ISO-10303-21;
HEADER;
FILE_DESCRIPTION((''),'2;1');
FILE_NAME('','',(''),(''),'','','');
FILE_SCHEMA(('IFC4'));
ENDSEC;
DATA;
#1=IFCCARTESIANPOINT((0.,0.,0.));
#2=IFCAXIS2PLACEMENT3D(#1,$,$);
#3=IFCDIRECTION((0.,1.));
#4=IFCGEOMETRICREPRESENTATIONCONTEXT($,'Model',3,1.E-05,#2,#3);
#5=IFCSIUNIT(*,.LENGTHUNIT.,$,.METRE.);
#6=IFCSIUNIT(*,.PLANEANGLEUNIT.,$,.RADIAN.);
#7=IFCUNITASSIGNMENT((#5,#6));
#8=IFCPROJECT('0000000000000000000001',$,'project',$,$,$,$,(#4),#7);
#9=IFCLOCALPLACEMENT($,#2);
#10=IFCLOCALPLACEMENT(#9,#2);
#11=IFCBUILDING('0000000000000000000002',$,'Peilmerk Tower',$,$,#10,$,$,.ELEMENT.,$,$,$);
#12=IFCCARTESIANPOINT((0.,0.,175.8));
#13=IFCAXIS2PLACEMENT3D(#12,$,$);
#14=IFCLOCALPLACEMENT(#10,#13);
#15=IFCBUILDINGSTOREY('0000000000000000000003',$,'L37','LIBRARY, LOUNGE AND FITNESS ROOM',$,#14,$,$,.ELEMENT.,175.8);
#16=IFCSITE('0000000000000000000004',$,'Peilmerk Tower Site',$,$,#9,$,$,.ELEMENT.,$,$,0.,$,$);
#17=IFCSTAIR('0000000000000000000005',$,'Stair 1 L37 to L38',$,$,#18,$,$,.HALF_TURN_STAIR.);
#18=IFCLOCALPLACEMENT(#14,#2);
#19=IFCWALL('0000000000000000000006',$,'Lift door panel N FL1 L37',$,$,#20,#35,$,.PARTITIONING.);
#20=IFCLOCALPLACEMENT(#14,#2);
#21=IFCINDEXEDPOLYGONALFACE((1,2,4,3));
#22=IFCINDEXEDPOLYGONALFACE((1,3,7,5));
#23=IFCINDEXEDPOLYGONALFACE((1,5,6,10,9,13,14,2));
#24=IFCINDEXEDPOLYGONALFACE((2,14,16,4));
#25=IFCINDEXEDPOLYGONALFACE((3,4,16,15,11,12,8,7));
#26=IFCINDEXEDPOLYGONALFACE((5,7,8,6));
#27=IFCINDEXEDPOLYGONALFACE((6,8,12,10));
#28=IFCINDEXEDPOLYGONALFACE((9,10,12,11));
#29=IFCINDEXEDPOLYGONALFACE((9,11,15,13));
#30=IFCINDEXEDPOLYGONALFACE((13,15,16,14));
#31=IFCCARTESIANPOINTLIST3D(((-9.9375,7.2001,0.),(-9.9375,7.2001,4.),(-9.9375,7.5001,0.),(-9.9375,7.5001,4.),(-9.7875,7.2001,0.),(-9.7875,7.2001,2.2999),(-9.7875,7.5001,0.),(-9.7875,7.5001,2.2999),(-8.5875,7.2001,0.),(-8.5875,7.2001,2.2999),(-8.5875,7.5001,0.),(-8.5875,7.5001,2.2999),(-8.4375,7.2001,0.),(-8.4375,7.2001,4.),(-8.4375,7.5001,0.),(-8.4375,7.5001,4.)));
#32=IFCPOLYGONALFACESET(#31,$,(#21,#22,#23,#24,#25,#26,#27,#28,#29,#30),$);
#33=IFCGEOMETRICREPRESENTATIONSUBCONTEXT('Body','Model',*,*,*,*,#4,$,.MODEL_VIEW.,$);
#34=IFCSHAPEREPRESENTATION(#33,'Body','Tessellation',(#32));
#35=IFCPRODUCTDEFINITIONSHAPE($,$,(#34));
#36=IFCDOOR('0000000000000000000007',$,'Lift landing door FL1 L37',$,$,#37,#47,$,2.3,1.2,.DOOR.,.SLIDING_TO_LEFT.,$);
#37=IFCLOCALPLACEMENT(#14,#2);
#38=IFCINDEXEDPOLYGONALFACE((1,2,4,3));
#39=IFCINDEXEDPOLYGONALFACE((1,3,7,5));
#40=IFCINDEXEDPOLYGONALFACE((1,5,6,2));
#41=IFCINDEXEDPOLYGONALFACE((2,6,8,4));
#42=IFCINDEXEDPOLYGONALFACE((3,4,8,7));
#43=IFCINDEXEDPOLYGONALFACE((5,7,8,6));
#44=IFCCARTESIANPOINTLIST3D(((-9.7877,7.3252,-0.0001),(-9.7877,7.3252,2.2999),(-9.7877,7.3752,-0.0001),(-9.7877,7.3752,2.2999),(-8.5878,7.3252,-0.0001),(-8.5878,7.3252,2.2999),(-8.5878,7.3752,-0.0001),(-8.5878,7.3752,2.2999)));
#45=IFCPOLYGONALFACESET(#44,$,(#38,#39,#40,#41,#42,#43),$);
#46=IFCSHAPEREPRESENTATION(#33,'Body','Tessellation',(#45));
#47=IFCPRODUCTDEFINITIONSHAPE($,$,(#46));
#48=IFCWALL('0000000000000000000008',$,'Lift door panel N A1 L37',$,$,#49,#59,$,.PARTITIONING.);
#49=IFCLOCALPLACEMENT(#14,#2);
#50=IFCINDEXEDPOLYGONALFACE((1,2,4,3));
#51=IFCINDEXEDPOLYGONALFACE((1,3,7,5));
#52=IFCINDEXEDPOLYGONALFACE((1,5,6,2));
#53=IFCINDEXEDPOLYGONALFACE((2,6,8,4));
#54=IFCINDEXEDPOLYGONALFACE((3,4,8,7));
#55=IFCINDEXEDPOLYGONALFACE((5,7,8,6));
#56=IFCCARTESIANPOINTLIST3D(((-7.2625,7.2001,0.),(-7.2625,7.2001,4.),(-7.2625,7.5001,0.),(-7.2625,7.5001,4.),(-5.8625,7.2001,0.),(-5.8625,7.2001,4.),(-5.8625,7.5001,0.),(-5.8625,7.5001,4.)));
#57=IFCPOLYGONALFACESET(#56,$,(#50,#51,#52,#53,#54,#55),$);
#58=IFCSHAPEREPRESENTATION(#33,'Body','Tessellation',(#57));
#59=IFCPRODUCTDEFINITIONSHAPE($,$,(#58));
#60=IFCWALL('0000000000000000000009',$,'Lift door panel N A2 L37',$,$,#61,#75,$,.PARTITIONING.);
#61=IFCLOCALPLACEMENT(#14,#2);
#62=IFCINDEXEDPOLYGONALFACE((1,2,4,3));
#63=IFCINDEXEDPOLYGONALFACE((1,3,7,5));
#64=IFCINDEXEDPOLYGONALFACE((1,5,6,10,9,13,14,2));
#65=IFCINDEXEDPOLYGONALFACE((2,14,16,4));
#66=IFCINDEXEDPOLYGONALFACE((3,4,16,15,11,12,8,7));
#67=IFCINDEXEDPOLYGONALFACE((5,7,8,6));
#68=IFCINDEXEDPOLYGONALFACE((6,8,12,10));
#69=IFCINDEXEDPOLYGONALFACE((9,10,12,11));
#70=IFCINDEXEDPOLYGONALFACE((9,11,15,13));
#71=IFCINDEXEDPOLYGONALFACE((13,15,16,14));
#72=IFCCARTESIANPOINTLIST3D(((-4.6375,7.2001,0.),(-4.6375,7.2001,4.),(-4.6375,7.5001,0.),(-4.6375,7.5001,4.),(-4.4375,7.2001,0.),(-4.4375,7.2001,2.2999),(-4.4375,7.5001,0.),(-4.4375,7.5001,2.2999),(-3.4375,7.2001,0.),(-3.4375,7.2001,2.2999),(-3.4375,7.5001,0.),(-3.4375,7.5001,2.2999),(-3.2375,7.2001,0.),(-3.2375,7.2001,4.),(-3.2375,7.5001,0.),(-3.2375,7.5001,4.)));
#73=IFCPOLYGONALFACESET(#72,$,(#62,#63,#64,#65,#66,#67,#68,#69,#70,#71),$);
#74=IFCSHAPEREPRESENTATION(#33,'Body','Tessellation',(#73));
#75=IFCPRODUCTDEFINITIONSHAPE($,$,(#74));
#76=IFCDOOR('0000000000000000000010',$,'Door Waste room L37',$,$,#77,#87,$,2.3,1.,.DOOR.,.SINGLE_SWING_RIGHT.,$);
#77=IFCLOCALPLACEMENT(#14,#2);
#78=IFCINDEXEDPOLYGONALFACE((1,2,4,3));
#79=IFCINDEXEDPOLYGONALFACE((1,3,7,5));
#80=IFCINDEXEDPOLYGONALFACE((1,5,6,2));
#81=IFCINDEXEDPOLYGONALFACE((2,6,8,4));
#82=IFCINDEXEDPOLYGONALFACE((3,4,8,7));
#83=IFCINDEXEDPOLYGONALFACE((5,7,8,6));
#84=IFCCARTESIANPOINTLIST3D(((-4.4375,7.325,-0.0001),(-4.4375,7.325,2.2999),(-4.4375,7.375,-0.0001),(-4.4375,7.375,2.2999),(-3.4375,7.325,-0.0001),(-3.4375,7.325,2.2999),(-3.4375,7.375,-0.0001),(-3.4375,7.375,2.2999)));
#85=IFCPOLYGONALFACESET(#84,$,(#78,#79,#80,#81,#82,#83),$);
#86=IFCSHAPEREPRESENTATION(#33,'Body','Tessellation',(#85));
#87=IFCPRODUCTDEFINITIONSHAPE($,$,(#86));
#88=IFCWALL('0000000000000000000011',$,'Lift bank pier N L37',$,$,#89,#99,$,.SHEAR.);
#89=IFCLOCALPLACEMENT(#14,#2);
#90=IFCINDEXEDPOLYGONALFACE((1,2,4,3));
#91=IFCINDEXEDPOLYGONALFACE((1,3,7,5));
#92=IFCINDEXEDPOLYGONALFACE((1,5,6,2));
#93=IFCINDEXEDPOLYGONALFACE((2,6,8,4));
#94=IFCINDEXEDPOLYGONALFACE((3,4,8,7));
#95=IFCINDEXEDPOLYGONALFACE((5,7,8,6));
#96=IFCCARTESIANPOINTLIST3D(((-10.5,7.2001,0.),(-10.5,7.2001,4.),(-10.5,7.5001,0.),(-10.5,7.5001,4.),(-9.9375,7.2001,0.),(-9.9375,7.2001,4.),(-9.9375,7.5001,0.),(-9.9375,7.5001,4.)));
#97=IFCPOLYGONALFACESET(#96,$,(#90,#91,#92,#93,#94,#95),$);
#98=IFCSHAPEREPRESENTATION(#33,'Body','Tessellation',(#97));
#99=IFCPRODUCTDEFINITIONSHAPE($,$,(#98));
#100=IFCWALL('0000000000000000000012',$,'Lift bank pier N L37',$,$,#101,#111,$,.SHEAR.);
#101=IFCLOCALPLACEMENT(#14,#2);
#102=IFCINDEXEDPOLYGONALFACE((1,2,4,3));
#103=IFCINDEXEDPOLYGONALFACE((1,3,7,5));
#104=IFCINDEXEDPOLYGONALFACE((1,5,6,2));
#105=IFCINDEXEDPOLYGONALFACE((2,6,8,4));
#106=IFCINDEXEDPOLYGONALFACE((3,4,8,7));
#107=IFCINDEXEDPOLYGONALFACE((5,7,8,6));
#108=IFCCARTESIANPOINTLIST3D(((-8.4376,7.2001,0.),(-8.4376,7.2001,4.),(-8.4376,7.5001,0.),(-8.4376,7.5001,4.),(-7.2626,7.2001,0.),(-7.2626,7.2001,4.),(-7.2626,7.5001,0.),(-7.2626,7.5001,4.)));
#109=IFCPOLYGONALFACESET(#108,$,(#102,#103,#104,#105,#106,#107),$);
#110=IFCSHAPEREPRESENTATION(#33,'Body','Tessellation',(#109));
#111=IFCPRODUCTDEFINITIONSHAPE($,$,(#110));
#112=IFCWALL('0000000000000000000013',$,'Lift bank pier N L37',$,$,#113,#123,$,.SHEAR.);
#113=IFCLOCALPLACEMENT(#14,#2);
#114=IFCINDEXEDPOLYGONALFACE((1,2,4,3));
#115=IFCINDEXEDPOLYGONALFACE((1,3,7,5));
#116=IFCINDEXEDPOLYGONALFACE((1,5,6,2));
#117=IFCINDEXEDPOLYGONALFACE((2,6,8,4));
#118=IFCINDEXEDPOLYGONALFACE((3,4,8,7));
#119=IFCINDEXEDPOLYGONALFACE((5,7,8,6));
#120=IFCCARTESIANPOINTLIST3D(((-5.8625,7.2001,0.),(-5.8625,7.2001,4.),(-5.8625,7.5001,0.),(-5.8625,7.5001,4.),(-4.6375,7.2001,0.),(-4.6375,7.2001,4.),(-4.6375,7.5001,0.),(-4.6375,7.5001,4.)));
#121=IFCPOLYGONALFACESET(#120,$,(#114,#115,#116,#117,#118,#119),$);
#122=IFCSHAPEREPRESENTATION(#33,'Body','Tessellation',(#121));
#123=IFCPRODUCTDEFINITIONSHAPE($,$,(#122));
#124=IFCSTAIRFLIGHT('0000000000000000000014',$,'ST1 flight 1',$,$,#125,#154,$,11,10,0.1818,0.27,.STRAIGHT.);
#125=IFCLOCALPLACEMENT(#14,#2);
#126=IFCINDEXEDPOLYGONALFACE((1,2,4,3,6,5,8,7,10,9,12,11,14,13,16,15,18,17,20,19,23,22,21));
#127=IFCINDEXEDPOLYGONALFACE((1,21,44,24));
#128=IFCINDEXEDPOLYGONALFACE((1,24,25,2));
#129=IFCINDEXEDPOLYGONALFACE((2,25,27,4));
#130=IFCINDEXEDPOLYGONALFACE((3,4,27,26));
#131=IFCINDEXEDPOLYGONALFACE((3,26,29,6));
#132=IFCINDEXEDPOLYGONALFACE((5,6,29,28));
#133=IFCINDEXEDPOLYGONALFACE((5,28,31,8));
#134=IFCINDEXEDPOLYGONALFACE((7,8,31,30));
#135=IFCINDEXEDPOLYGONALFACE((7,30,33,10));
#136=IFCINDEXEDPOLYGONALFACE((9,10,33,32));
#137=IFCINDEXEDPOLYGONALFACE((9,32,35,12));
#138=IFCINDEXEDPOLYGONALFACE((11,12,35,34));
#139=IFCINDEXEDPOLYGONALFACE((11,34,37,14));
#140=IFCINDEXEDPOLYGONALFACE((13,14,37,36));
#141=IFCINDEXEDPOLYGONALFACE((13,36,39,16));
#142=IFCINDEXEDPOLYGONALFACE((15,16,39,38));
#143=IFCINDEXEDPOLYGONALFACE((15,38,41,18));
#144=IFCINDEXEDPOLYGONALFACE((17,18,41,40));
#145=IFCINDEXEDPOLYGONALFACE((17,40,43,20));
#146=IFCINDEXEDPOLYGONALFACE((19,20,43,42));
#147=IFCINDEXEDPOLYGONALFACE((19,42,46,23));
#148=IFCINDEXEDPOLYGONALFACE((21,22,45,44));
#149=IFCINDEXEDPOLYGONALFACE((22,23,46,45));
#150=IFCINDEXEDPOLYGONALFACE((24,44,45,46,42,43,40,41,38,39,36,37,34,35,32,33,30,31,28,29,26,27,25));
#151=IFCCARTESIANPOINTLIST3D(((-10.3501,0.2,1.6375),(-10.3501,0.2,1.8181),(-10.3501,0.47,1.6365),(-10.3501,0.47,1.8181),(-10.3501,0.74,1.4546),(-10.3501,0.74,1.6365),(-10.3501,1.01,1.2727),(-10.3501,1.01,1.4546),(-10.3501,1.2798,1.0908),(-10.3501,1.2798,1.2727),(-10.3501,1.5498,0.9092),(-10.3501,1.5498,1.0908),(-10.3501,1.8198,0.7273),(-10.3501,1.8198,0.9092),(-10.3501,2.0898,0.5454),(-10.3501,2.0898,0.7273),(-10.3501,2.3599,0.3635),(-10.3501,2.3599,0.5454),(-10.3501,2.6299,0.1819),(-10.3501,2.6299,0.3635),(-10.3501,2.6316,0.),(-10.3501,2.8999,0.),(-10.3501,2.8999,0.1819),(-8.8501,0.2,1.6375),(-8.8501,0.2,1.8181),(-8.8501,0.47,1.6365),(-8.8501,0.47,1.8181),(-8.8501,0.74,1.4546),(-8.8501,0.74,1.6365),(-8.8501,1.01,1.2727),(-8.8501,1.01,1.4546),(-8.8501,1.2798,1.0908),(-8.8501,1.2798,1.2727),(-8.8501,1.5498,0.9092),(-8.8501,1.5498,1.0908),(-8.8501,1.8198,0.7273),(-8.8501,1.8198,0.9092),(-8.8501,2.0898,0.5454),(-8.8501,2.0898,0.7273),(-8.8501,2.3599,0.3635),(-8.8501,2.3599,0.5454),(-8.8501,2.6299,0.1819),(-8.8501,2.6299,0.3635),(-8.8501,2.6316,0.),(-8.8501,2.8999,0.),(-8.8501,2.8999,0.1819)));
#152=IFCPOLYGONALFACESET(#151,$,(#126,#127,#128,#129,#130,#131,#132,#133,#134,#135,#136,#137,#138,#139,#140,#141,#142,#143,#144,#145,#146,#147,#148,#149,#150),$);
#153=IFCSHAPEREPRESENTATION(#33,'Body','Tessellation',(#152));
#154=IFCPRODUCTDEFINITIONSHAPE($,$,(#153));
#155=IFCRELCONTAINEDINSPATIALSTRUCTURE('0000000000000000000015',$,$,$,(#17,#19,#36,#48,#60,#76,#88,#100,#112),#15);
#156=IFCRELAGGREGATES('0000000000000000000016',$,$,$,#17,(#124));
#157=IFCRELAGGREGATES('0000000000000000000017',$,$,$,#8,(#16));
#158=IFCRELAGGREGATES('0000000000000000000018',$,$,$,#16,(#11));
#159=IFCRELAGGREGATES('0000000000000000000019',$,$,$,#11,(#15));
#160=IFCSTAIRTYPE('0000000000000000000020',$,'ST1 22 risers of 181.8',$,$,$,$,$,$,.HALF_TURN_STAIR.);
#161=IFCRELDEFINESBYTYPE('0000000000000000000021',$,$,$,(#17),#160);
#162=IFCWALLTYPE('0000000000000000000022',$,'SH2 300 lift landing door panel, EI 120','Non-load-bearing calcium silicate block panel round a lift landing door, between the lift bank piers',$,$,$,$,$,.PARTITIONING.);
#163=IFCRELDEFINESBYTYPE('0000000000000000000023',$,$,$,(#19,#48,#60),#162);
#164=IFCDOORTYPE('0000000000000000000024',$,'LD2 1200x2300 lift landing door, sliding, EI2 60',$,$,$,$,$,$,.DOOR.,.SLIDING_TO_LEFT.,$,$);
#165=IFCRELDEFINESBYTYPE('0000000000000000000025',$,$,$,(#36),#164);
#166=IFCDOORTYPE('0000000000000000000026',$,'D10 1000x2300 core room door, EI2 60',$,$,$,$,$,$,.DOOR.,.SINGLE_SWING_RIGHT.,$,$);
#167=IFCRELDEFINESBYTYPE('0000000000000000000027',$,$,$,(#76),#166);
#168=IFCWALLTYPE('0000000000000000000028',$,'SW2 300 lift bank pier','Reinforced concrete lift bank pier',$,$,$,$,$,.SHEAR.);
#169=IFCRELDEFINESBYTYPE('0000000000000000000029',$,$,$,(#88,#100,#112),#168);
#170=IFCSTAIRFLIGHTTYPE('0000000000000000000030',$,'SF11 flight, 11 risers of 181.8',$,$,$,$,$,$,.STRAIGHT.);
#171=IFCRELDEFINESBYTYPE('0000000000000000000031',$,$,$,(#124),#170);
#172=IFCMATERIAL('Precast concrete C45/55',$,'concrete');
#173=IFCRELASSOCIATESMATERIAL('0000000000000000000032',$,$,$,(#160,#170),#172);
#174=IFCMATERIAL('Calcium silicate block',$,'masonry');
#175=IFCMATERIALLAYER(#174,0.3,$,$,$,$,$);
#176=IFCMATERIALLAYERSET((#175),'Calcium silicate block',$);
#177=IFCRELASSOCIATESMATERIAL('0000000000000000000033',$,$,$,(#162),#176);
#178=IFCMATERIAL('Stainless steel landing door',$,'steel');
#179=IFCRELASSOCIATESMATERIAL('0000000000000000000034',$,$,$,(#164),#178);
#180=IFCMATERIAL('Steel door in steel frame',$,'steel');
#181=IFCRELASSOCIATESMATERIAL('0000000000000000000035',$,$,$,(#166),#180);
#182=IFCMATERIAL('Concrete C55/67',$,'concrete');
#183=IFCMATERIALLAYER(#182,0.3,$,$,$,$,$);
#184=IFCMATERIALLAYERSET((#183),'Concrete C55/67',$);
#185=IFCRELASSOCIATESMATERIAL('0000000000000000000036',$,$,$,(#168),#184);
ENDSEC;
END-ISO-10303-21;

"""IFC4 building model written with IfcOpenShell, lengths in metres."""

from ifc_helpers import new_model, si_unit, direction, frame, frame_2d, origin, place, context, subcontext, project, spatial, polyline, rectangle, outline, extrude, material, layer, layer_set, type_object, element, fill, aggregate, save


model = new_model("IFC4")

# Units and contexts
model_context = context("Model", 3, precision=1e-05, world=origin(), true_north=direction((0.0, 1.0)))
body_context = subcontext(model_context, "Body", "Model", "MODEL_VIEW")
ifc_project = project(units=[si_unit("LENGTHUNIT", "METRE"), si_unit("PLANEANGLEUNIT", "RADIAN")], contexts=[model_context])

# Site, building, storey
site_placement = place(None, origin())
site = spatial("IfcSite", under=ifc_project, at=site_placement, Name="Peilmerk Tower Site", CompositionType="ELEMENT", RefElevation=0.0)
building_placement = place(site_placement, origin())
building = spatial("IfcBuilding", under=site, at=building_placement, Name="Peilmerk Tower", CompositionType="ELEMENT")
storey_placement = place(building_placement, frame((0.0, 0.0, 175.8)))
storey = spatial("IfcBuildingStorey", under=building, at=storey_placement, Name="L37", Description="LIBRARY, LOUNGE AND FITNESS ROOM", CompositionType="ELEMENT", Elevation=175.8)

# Shared definitions
ifc_material_1 = material(Name="Concrete C55/67", Category="concrete")

# Stair
ifc_material_2 = material(Name="Precast concrete C45/55", Category="concrete")
stair_type = type_object("IfcStairType", Name="ST1 22 risers of 181.8", PredefinedType="HALF_TURN_STAIR", material=ifc_material_2)
stair_placement = place(storey_placement, origin())
stair = element("IfcStair", 1, at=stair_placement, inside=storey, type_object=stair_type, Name="Stair 1 L37 to L38", PredefinedType="HALF_TURN_STAIR")

# Shared definitions
ifc_material_3 = material(Name="Steel door in steel frame", Category="steel")

# Wall, opening, door
ifc_material_4 = material(Name="Calcium silicate block", Category="masonry")
ifc_layer_1 = layer(ifc_material_4, 0.3)
ifc_layer_set_1 = layer_set([ifc_layer_1], Name="Calcium silicate block")
wall_type_1 = type_object("IfcWallType", Name="SH2 300 lift landing door panel, EI 120", Description="Non-load-bearing calcium silicate block panel round a lift landing door, between the lift bank piers", PredefinedType="PARTITIONING", material=ifc_layer_set_1)
wall_1_placement = place(storey_placement, frame((-9.9375, 7.3501, 0.0), z_axis=(0.0, 0.0, 1.0), x_axis=(1.0, 0.0, 0.0)))
wall_1 = element("IfcWall", 2, at=wall_1_placement, inside=storey, type_object=wall_type_1, Name="Lift door panel N FL1 L37", PredefinedType="PARTITIONING", context=body_context, shape_type="SweptSolid", body=[
    extrude(rectangle(XDim=1.5, YDim=0.3, at=frame_2d((0.75, 0.0))), origin(), (0.0, 0.0, 1.0), 4.0),
])
opening_1_placement = place(wall_1_placement, frame((0.1499, 0.0, 0.0)))
opening_1 = element("IfcOpeningElement", 3, at=opening_1_placement, cuts=wall_1, PredefinedType="OPENING", context=body_context, shape_type="SweptSolid", body=[
    extrude(rectangle(XDim=1.2, YDim=2.3, at=frame_2d((0.6001, 1.1499))), frame((0.0, 0.1599, 0.0), z_axis=(0.0, -1.0, 0.0), x_axis=(1.0, 0.0, 0.0)), (0.0, 0.0, 1.0), 0.3201),
])
ifc_material_5 = material(Name="Stainless steel landing door", Category="steel")
door_type_1 = type_object("IfcDoorType", Name="LD2 1200x2300 lift landing door, sliding, EI2 60", OperationType="SLIDING_TO_LEFT", PredefinedType="DOOR", material=ifc_material_5)
door_1_placement = place(opening_1_placement, frame((1.2, 0.0, 0.0), z_axis=(0.0, 0.0, 1.0), x_axis=(-1.0, 0.0, 0.0)))
door_1 = element("IfcDoor", 4, at=door_1_placement, inside=storey, type_object=door_type_1, Name="Lift landing door FL1 L37", OperationType="SLIDING_TO_LEFT", OverallHeight=2.3, OverallWidth=1.2, PredefinedType="DOOR", context=body_context, shape_type="SweptSolid", body=[
    extrude(rectangle(XDim=1.2, YDim=2.3, at=frame_2d((0.6001, 1.1499))), frame((0.0, 0.0249, 0.0), z_axis=(0.0, -1.0, 0.0), x_axis=(1.0, 0.0, 0.0)), (0.0, 0.0, 1.0), 0.05),
])
fill(opening_1, door_1)

# Wall
wall_2_placement = place(storey_placement, frame((-7.2625, 7.3501, 0.0), z_axis=(0.0, 0.0, 1.0), x_axis=(1.0, 0.0, 0.0)))
element("IfcWall", 5, at=wall_2_placement, inside=storey, type_object=wall_type_1, Name="Lift door panel N A1 L37", PredefinedType="PARTITIONING", context=body_context, shape_type="SweptSolid", body=[
    extrude(rectangle(XDim=1.3999, YDim=0.3, at=frame_2d((0.7, 0.0))), origin(), (0.0, 0.0, 1.0), 4.0),
])

# Wall, opening, door
wall_3_placement = place(storey_placement, frame((-4.6375, 7.3501, 0.0), z_axis=(0.0, 0.0, 1.0), x_axis=(1.0, 0.0, 0.0)))
wall_3 = element("IfcWall", 6, at=wall_3_placement, inside=storey, type_object=wall_type_1, Name="Lift door panel N A2 L37", PredefinedType="PARTITIONING", context=body_context, shape_type="SweptSolid", body=[
    extrude(rectangle(XDim=1.3999, YDim=0.3, at=frame_2d((0.7, 0.0))), origin(), (0.0, 0.0, 1.0), 4.0),
])
opening_2_placement = place(wall_3_placement, frame((0.2, 0.0, 0.0)))
opening_2 = element("IfcOpeningElement", 7, at=opening_2_placement, cuts=wall_3, PredefinedType="OPENING", context=body_context, shape_type="SweptSolid", body=[
    extrude(rectangle(XDim=1.0, YDim=2.3, at=frame_2d((0.5, 1.1499))), frame((0.0, 0.1599, 0.0), z_axis=(0.0, -1.0, 0.0), x_axis=(1.0, 0.0, 0.0)), (0.0, 0.0, 1.0), 0.3201),
])
door_type_2 = type_object("IfcDoorType", Name="D10 1000x2300 core room door, EI2 60", OperationType="SINGLE_SWING_RIGHT", PredefinedType="DOOR", material=ifc_material_3)
door_2_placement = place(opening_2_placement, origin())
door_2 = element("IfcDoor", 8, at=door_2_placement, inside=storey, type_object=door_type_2, Name="Door Waste room L37", OperationType="SINGLE_SWING_RIGHT", OverallHeight=2.3, OverallWidth=1.0, PredefinedType="DOOR", context=body_context, shape_type="SweptSolid", body=[
    extrude(rectangle(XDim=1.0, YDim=2.3, at=frame_2d((0.5, 1.1499))), frame((0.0, 0.0249, 0.0), z_axis=(0.0, -1.0, 0.0), x_axis=(1.0, 0.0, 0.0)), (0.0, 0.0, 1.0), 0.05),
])
fill(opening_2, door_2)

# Walls
ifc_layer_2 = layer(ifc_material_1, 0.3)
ifc_layer_set_2 = layer_set([ifc_layer_2], Name="Concrete C55/67")
wall_type_2 = type_object("IfcWallType", Name="SW2 300 lift bank pier", Description="Reinforced concrete lift bank pier", PredefinedType="SHEAR", material=ifc_layer_set_2)
wall_4_placement = place(storey_placement, frame((-10.5, 7.3501, 0.0), z_axis=(0.0, 0.0, 1.0), x_axis=(1.0, 0.0, 0.0)))
element("IfcWall", 9, at=wall_4_placement, inside=storey, type_object=wall_type_2, Name="Lift bank pier N L37", PredefinedType="SHEAR", context=body_context, shape_type="SweptSolid", body=[
    extrude(rectangle(XDim=0.5625, YDim=0.3, at=frame_2d((0.2812, 0.0))), origin(), (0.0, 0.0, 1.0), 4.0),
])
wall_5_placement = place(storey_placement, frame((-8.4375, 7.3501, 0.0), z_axis=(0.0, 0.0, 1.0), x_axis=(1.0, 0.0, 0.0)))
element("IfcWall", 10, at=wall_5_placement, inside=storey, type_object=wall_type_2, Name="Lift bank pier N L37", PredefinedType="SHEAR", context=body_context, shape_type="SweptSolid", body=[
    extrude(rectangle(XDim=1.175, YDim=0.3, at=frame_2d((0.5874, 0.0))), origin(), (0.0, 0.0, 1.0), 4.0),
])
wall_6_placement = place(storey_placement, frame((-5.8625, 7.3501, 0.0), z_axis=(0.0, 0.0, 1.0), x_axis=(1.0, 0.0, 0.0)))
element("IfcWall", 11, at=wall_6_placement, inside=storey, type_object=wall_type_2, Name="Lift bank pier N L37", PredefinedType="SHEAR", context=body_context, shape_type="SweptSolid", body=[
    extrude(rectangle(XDim=1.2251, YDim=0.3, at=frame_2d((0.6125, 0.0))), origin(), (0.0, 0.0, 1.0), 4.0),
])

# Stair flight
stair_flight_type = type_object("IfcStairFlightType", Name="SF11 flight, 11 risers of 181.8", PredefinedType="STRAIGHT", material=ifc_material_2)
stair_flight_1_placement = place(storey_placement, frame((-9.6001, 2.8999, 0.0), z_axis=(0.0, 0.0, 1.0), x_axis=(0.0, -1.0, 0.0)))
stair_flight_1 = element("IfcStairFlight", 12, at=stair_flight_1_placement, type_object=stair_flight_type, Name="ST1 flight 1", NumberOfRisers=11, NumberOfTreads=10, PredefinedType="STRAIGHT", RiserHeight=0.1818, TreadLength=0.27, context=body_context, shape_type="SweptSolid", body=[
    extrude(outline(polyline([(0.0, 0.0), (0.0, 0.1819), (0.27, 0.1819), (0.27, 0.3635), (0.54, 0.3635), (0.54, 0.5454), (0.8101, 0.5454), (0.8101, 0.7273), (1.0801, 0.7273), (1.0801, 0.9092), (1.3501, 0.9092), (1.3501, 1.0908), (1.6201, 1.0908), (1.6201, 1.2727), (1.8899, 1.2727), (1.8899, 1.4546), (2.1599, 1.4546), (2.1599, 1.6365), (2.4299, 1.6365), (2.4299, 1.8181), (2.7, 1.8181), (2.7, 2.0), (2.7, 1.6375), (0.2683, 0.0), (0.0, 0.0)])), frame((0.0, 0.75, 0.0), z_axis=(0.0, -1.0, 0.0), x_axis=(1.0, 0.0, 0.0)), (0.0, 0.0, 1.0), 1.5),
])
aggregate(stair, [stair_flight_1])

save(model, "model.ifc")
